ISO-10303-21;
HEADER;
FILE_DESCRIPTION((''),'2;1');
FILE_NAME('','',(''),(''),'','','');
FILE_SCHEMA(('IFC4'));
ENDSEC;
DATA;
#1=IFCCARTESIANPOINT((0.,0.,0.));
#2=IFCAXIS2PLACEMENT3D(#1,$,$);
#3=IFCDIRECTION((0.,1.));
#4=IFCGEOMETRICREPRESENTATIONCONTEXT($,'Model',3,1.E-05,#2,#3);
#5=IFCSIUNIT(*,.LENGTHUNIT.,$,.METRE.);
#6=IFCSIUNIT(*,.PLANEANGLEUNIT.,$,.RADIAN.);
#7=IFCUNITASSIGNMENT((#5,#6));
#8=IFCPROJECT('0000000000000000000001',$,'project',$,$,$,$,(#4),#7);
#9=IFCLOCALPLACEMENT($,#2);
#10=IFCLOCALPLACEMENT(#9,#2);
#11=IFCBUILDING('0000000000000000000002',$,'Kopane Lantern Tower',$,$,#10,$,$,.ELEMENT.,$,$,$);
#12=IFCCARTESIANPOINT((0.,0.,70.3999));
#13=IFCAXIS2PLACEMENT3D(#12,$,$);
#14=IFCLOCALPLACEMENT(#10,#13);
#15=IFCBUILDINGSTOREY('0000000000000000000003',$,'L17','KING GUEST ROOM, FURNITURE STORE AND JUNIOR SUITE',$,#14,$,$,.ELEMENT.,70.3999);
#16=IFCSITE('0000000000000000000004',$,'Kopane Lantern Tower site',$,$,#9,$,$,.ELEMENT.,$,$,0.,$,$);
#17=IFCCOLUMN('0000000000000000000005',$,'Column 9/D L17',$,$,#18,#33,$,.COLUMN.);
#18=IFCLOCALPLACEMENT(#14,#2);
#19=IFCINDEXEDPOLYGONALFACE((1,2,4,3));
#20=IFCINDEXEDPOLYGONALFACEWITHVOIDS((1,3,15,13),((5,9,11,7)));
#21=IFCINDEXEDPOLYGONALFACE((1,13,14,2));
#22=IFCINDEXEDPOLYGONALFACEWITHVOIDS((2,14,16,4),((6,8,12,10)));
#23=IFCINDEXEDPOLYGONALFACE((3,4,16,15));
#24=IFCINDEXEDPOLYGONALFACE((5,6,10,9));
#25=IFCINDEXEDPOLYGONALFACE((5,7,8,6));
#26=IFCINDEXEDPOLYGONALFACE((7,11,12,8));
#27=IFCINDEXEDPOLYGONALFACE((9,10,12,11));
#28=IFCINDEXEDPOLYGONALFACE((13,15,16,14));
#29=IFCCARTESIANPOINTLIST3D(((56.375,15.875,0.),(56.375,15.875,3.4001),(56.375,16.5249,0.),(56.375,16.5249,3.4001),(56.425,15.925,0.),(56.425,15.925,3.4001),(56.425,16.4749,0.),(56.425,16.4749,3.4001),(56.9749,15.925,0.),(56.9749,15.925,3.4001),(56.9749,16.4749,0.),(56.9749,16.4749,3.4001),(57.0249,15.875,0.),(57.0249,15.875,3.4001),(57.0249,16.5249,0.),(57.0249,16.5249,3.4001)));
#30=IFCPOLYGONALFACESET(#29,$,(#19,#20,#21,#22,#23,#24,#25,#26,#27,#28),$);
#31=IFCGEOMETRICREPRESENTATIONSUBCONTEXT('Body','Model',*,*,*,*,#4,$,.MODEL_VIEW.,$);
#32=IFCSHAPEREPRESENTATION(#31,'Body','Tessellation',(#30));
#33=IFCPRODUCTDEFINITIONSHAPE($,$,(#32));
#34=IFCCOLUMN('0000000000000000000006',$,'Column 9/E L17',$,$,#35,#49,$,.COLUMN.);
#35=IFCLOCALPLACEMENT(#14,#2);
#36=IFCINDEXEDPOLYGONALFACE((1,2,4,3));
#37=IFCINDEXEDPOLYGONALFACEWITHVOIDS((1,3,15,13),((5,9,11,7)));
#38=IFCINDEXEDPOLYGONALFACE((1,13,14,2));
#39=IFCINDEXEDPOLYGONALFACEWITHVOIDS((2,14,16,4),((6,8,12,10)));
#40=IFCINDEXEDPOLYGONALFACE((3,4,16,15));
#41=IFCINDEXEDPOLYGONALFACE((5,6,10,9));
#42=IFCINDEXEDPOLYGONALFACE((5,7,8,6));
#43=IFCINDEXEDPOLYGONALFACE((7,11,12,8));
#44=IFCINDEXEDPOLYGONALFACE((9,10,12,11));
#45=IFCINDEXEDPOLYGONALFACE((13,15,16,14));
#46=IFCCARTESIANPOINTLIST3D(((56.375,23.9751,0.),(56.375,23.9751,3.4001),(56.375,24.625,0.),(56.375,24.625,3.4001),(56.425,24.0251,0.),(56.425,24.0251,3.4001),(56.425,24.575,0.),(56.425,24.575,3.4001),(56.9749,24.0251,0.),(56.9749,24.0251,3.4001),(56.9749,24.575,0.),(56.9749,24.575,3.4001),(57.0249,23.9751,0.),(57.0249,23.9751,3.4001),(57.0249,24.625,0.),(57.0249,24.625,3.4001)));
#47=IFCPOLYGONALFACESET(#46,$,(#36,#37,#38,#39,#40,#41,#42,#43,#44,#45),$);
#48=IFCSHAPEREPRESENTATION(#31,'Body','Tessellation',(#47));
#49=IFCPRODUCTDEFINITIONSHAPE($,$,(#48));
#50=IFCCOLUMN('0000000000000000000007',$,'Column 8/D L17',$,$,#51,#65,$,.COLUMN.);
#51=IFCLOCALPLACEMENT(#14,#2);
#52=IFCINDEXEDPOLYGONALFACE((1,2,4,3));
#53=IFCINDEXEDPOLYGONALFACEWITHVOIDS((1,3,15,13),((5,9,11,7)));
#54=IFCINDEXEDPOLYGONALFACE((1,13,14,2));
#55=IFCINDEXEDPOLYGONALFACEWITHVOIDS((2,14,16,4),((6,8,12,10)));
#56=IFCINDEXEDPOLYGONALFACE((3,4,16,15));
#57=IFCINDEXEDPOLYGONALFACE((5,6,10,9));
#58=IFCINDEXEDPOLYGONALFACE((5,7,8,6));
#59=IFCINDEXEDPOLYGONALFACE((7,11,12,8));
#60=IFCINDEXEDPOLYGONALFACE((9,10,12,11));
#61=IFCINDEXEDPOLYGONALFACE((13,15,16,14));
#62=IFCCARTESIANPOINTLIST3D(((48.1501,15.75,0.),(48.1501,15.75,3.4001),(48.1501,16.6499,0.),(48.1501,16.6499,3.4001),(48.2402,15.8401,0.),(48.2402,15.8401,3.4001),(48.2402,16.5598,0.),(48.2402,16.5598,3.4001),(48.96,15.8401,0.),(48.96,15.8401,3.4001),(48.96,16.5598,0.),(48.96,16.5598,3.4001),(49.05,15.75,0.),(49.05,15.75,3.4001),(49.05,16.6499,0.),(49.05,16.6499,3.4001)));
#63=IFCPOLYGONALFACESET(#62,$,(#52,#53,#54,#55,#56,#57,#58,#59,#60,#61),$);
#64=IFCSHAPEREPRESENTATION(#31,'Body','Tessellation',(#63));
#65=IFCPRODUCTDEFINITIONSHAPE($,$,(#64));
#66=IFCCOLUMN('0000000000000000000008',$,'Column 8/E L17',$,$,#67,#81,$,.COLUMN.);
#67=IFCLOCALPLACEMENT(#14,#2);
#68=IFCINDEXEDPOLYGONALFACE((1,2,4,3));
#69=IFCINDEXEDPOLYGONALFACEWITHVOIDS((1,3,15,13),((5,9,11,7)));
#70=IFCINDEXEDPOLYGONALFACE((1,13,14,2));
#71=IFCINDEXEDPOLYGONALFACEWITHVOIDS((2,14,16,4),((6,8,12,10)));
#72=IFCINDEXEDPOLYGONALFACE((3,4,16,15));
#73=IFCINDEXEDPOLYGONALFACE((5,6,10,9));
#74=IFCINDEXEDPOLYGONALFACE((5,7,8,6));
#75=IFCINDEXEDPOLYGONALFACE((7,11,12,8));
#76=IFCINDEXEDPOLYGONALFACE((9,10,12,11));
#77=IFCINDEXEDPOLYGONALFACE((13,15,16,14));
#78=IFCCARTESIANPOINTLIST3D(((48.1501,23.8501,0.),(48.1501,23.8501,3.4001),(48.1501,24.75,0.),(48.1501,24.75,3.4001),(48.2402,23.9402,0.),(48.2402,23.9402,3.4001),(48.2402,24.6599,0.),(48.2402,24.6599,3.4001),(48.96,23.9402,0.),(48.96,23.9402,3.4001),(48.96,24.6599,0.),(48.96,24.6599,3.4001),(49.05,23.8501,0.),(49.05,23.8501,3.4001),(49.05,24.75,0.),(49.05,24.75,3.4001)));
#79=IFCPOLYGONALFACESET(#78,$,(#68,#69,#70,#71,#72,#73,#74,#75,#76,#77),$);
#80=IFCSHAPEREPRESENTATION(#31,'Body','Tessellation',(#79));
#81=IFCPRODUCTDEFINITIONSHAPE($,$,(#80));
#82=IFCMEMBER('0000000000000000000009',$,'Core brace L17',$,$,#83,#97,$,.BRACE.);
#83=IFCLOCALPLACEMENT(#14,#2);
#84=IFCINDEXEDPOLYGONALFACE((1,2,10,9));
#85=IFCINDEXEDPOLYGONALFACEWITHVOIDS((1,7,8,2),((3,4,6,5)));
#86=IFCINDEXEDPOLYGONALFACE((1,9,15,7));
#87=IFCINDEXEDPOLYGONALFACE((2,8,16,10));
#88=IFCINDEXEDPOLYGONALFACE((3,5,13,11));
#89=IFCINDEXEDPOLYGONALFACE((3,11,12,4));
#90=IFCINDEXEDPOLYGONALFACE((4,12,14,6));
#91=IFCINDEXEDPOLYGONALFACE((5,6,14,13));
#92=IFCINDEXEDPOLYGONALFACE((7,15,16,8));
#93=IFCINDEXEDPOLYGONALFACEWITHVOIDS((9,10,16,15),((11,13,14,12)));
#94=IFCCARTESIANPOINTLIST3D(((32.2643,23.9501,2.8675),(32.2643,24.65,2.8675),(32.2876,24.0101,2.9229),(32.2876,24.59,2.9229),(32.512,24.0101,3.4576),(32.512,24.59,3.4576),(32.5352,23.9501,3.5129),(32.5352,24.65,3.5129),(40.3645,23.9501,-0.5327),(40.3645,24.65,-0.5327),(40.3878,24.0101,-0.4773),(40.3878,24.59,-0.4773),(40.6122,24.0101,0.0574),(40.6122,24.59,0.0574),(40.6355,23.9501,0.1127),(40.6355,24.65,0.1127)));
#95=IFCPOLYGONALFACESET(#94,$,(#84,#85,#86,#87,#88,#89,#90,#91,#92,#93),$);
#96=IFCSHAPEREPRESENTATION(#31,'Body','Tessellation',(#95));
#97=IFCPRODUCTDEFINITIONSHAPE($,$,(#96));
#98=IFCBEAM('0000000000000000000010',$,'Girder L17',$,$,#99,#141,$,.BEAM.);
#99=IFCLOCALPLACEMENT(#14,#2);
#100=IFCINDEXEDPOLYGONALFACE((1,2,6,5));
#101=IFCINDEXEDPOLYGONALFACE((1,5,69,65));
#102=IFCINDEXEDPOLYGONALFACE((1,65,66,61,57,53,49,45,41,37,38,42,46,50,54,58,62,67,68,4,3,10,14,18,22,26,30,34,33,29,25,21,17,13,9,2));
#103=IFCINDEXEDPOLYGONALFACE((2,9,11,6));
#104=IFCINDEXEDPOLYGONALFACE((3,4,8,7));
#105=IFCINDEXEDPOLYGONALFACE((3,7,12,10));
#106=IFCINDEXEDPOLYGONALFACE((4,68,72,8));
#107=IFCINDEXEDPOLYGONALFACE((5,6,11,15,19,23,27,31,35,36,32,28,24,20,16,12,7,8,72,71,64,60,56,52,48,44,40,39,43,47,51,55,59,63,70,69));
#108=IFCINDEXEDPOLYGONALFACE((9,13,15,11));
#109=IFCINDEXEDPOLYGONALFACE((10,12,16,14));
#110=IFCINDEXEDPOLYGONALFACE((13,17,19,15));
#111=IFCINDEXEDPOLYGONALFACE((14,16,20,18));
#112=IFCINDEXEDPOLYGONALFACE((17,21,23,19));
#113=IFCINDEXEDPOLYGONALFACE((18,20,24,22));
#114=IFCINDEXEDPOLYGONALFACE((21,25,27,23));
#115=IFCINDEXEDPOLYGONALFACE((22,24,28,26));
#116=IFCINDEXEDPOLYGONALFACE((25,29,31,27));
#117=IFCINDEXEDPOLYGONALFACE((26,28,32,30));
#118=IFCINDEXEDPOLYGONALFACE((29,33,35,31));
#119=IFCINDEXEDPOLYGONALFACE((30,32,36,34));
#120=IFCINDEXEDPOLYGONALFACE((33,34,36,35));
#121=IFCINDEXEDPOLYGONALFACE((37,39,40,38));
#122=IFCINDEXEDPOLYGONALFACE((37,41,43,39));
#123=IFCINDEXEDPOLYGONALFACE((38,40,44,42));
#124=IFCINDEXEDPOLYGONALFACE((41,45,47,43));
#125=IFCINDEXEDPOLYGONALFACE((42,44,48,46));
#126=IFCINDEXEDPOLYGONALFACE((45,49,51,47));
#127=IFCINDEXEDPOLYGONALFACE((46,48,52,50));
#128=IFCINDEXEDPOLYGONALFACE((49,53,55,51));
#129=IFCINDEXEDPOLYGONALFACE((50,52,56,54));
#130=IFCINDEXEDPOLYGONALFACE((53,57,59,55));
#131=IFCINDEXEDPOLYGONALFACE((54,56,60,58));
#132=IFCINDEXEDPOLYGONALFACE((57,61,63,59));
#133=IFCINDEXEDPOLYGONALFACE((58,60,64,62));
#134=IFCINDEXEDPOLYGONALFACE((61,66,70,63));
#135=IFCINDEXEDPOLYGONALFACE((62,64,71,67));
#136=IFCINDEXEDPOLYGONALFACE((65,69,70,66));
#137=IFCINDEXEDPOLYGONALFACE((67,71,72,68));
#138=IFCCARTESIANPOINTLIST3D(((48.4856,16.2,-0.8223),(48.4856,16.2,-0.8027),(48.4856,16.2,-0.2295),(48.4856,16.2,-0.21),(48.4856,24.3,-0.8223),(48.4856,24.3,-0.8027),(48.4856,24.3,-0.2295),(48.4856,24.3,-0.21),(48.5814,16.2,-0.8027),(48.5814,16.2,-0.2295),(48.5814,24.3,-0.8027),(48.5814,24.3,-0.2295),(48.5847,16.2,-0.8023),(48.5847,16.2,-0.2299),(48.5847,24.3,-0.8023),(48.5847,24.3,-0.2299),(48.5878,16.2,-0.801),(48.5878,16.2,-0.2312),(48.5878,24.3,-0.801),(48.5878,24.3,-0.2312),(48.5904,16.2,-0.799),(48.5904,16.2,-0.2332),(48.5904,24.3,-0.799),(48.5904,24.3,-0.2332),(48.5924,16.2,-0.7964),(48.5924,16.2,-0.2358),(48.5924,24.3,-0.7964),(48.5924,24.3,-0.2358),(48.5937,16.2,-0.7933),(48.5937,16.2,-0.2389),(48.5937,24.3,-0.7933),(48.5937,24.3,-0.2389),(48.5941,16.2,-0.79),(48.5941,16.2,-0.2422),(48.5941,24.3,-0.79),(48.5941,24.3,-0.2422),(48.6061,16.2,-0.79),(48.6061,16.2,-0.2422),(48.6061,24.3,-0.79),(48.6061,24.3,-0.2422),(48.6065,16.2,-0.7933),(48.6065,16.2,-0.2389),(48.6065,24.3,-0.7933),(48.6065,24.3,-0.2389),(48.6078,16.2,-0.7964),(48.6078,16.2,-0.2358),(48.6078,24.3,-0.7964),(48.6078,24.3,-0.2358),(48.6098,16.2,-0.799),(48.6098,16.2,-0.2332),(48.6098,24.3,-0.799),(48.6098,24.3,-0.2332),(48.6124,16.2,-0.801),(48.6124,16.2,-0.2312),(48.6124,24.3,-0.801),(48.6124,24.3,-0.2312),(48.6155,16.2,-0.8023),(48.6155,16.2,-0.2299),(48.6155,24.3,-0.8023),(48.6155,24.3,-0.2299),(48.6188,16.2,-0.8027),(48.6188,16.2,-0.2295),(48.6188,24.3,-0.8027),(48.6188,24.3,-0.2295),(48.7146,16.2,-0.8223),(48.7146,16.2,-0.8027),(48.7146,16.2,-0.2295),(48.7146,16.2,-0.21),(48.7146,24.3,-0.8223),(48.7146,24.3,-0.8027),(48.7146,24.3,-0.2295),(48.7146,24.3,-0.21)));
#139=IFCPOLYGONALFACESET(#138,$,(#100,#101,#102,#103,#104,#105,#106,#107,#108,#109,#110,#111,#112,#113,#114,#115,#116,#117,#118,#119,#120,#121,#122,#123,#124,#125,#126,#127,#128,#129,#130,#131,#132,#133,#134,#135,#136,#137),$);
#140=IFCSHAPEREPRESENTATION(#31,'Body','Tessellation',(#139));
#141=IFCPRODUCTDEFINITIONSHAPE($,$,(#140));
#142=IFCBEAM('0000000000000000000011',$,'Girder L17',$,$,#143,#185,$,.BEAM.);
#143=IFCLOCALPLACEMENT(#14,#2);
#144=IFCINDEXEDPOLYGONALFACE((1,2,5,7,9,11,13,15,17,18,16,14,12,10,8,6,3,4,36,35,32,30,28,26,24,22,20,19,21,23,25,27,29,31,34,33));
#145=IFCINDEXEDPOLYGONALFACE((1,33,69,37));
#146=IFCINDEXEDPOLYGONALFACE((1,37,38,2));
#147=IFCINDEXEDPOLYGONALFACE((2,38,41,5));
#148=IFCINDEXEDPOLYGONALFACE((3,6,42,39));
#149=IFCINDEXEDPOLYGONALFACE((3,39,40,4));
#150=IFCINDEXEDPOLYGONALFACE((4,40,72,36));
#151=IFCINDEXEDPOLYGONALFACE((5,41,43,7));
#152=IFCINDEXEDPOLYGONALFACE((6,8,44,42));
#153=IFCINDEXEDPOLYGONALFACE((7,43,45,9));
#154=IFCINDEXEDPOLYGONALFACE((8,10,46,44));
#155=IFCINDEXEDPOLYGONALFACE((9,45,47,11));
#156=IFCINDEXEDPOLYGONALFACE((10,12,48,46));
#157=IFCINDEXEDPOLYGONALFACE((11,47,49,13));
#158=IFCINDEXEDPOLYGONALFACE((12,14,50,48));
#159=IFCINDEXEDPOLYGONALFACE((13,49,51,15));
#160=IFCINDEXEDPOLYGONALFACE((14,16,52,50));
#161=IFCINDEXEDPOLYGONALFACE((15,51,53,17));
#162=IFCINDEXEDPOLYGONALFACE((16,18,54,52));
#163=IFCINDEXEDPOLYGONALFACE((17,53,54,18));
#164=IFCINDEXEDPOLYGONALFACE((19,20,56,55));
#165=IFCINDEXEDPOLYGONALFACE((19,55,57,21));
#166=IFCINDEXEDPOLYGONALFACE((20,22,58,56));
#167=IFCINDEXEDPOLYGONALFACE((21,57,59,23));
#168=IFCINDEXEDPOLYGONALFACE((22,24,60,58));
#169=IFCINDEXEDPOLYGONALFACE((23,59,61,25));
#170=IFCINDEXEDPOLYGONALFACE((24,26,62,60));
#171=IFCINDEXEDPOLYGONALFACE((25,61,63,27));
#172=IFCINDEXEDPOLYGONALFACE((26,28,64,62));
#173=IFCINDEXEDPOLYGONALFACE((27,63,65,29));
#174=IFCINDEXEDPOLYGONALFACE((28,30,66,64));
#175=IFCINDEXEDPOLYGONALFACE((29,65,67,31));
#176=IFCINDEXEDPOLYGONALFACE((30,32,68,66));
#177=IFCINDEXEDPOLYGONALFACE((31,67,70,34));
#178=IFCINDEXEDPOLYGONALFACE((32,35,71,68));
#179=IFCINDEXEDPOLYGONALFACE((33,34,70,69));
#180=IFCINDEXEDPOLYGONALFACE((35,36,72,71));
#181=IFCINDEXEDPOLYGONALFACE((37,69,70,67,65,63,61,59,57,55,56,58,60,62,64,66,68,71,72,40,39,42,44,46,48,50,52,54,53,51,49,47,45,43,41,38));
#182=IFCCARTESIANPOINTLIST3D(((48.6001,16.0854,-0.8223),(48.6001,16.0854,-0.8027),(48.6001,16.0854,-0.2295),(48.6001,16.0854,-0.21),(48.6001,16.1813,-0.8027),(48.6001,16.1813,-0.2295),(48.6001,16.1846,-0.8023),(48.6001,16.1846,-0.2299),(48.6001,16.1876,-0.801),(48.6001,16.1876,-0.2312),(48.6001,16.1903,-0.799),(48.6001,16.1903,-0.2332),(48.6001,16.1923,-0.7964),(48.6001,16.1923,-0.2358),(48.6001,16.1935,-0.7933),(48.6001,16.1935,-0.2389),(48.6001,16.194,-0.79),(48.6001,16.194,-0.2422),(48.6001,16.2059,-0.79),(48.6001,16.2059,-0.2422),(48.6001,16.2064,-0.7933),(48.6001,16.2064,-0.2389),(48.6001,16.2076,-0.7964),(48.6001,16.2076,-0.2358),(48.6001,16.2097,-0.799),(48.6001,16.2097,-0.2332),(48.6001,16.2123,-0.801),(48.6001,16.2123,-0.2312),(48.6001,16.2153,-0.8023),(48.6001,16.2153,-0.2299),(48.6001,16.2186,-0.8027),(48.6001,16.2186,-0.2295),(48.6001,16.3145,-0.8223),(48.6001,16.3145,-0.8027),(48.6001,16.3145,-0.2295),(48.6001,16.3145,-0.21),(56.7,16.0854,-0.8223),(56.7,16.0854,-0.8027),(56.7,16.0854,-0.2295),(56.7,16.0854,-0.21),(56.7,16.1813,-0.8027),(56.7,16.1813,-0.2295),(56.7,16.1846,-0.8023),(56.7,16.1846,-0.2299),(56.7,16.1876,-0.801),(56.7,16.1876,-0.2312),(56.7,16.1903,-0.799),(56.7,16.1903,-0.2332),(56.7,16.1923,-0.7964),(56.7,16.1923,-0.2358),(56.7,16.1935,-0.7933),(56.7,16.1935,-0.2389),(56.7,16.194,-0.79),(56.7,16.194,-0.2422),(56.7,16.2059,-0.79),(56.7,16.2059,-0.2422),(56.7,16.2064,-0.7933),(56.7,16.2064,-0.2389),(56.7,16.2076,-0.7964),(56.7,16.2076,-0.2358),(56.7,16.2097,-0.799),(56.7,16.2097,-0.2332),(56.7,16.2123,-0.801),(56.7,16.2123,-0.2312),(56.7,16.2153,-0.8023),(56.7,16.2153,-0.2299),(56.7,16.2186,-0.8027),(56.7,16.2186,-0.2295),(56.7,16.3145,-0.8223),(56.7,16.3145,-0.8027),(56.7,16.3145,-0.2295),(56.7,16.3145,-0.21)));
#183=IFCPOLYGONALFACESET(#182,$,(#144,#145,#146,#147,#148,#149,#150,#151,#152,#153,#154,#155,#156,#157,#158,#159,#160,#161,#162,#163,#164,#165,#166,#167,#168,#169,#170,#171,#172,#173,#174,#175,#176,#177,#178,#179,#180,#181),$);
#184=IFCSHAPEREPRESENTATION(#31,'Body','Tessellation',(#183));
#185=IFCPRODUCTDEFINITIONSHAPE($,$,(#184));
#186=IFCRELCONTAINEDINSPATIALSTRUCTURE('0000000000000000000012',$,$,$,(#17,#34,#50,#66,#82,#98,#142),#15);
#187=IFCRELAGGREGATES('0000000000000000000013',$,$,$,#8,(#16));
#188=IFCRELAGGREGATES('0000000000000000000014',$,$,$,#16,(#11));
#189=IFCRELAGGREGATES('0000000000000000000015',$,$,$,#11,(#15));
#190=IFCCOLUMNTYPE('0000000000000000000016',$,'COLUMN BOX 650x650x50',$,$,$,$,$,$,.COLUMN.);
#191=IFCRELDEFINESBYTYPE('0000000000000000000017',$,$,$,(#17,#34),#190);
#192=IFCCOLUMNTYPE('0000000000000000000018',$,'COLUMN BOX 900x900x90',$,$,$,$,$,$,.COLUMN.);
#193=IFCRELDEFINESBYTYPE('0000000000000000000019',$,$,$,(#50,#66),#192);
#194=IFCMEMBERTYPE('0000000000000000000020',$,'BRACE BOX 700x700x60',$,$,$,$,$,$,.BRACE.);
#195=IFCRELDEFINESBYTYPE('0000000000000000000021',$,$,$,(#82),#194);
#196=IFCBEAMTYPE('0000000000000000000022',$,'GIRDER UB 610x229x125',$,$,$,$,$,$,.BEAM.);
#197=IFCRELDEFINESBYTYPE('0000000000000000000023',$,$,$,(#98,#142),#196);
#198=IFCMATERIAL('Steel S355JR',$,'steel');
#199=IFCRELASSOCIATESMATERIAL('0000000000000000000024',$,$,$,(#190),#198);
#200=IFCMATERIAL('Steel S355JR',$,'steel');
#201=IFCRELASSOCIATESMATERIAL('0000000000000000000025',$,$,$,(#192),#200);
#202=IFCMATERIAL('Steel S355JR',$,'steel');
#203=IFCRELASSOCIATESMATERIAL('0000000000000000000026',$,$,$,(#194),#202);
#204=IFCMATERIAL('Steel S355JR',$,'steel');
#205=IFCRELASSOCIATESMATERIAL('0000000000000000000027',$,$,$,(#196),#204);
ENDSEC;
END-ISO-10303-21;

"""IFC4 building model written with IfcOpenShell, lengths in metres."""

from ifc_helpers import new_model, si_unit, direction, frame, origin, origin_2d, place, context, subcontext, project, spatial, hollow_rectangle, i_section, extrude, material, material_profile, profile_set, type_object, element, save


model = new_model("IFC4")

# Units and contexts
model_context = context("Model", 3, precision=1e-05, world=origin(), true_north=direction((0.0, 1.0)))
body_context = subcontext(model_context, "Body", "Model", "MODEL_VIEW")
ifc_project = project(units=[si_unit("LENGTHUNIT", "METRE"), si_unit("PLANEANGLEUNIT", "RADIAN")], contexts=[model_context])

# Site, building, storey
site_placement = place(None, origin())
site = spatial("IfcSite", under=ifc_project, at=site_placement, Name="Kopane Lantern Tower site", CompositionType="ELEMENT", RefElevation=0.0)
building_placement = place(site_placement, origin())
building = spatial("IfcBuilding", under=site, at=building_placement, Name="Kopane Lantern Tower", CompositionType="ELEMENT")
storey_placement = place(building_placement, frame((0.0, 0.0, 70.3999)))
storey = spatial("IfcBuildingStorey", under=building, at=storey_placement, Name="L17", Description="KING GUEST ROOM, FURNITURE STORE AND JUNIOR SUITE", CompositionType="ELEMENT", Elevation=70.3999)

# Columns
ifc_material_1 = material(Name="Steel S355JR", Category="steel")
ifc_material_profile_1 = material_profile(ifc_material_1, hollow_rectangle(XDim=0.6499, YDim=0.6499, WallThickness=0.05, at=origin_2d()), Name="BOX 650x650x50")
ifc_profile_set_1 = profile_set([ifc_material_profile_1], Name="Steel S355JR")
column_type_1 = type_object("IfcColumnType", Name="COLUMN BOX 650x650x50", PredefinedType="COLUMN", material=ifc_profile_set_1)
for number, where, z_axis, x_axis, name in (
    (1, (56.7, 16.2, 0.0), (0.0, 0.0, 1.0), (1.0, 0.0, 0.0), "Column 9/D L17"),
    (2, (56.7, 24.3, 0.0), (0.0, 0.0, 1.0), (1.0, 0.0, 0.0), "Column 9/E L17"),
):
    element("IfcColumn", number, at=place(storey_placement, frame(where, z_axis=z_axis, x_axis=x_axis)), inside=storey, type_object=column_type_1, Name=name, PredefinedType="COLUMN", context=body_context, shape_type="SweptSolid", body=[
        extrude(hollow_rectangle(XDim=0.6499, YDim=0.6499, WallThickness=0.05, at=origin_2d()), origin(), (0.0, 0.0, 1.0), 3.4001),
    ])
ifc_material_2 = material(Name="Steel S355JR", Category="steel")
ifc_material_profile_2 = material_profile(ifc_material_2, hollow_rectangle(XDim=0.8999, YDim=0.8999, WallThickness=0.0901, at=origin_2d()), Name="BOX 900x900x90")
ifc_profile_set_2 = profile_set([ifc_material_profile_2], Name="Steel S355JR")
column_type_2 = type_object("IfcColumnType", Name="COLUMN BOX 900x900x90", PredefinedType="COLUMN", material=ifc_profile_set_2)
for number, where, z_axis, x_axis, name in (
    (3, (48.6001, 16.2, 0.0), (0.0, 0.0, 1.0), (1.0, 0.0, 0.0), "Column 8/D L17"),
    (4, (48.6001, 24.3, 0.0), (0.0, 0.0, 1.0), (1.0, 0.0, 0.0), "Column 8/E L17"),
):
    element("IfcColumn", number, at=place(storey_placement, frame(where, z_axis=z_axis, x_axis=x_axis)), inside=storey, type_object=column_type_2, Name=name, PredefinedType="COLUMN", context=body_context, shape_type="SweptSolid", body=[
        extrude(hollow_rectangle(XDim=0.8999, YDim=0.8999, WallThickness=0.0901, at=origin_2d()), origin(), (0.0, 0.0, 1.0), 3.4001),
    ])

# Member
ifc_material_3 = material(Name="Steel S355JR", Category="steel")
ifc_material_profile_3 = material_profile(ifc_material_3, hollow_rectangle(XDim=0.7, YDim=0.7, WallThickness=0.0601, at=origin_2d()), Name="BOX 700x700x60")
ifc_profile_set_3 = profile_set([ifc_material_profile_3], Name="Steel S355JR")
member_type = type_object("IfcMemberType", Name="BRACE BOX 700x700x60", PredefinedType="BRACE", material=ifc_profile_set_3)
member_placement = place(storey_placement, frame((40.5, 24.3, -0.21), z_axis=(-0.922059, 0.0, 0.387049), x_axis=(0.0, -1.0, 0.0)))
element("IfcMember", 5, at=member_placement, inside=storey, type_object=member_type, Name="Core brace L17", PredefinedType="BRACE", context=body_context, shape_type="SweptSolid", body=[
    extrude(hollow_rectangle(XDim=0.7, YDim=0.7, WallThickness=0.0601, at=origin_2d()), origin(), (0.0, 0.0, 1.0), 8.7849),
])

# Beams
ifc_material_4 = material(Name="Steel S355JR", Category="steel")
ifc_material_profile_4 = material_profile(ifc_material_4, i_section(OverallWidth=0.229, OverallDepth=0.6123, WebThickness=0.012, FlangeThickness=0.0195, FilletRadius=0.0127, at=origin_2d()), Name="UB 610x229x125")
ifc_profile_set_4 = profile_set([ifc_material_profile_4], Name="Steel S355JR")
beam_type = type_object("IfcBeamType", Name="GIRDER UB 610x229x125", PredefinedType="BEAM", material=ifc_profile_set_4)
beam_1_placement = place(storey_placement, frame((48.6001, 16.2, -0.5161), z_axis=(0.0, 1.0, 0.0), x_axis=(-1.0, 0.0, 0.0)))
element("IfcBeam", 6, at=beam_1_placement, inside=storey, type_object=beam_type, Name="Girder L17", PredefinedType="BEAM", context=body_context, shape_type="SweptSolid", body=[
    extrude(i_section(OverallWidth=0.229, OverallDepth=0.6123, WebThickness=0.012, FlangeThickness=0.0195, FilletRadius=0.0127, at=origin_2d()), origin(), (0.0, 0.0, 1.0), 8.1001),
])
for number, where, z_axis, x_axis, name in (
    (7, (48.6001, 16.2, -0.5161), (1.0, 0.0, 0.0), (0.0, 1.0, 0.0), "Girder L17"),
):
    element("IfcBeam", number, at=place(storey_placement, frame(where, z_axis=z_axis, x_axis=x_axis)), inside=storey, type_object=beam_type, Name=name, PredefinedType="BEAM", context=body_context, shape_type="SweptSolid", body=[
        extrude(i_section(OverallWidth=0.229, OverallDepth=0.6123, WebThickness=0.012, FlangeThickness=0.0195, FilletRadius=0.0127, at=origin_2d()), origin(), (0.0, 0.0, 1.0), 8.0999),
    ])

save(model, "model.ifc")
